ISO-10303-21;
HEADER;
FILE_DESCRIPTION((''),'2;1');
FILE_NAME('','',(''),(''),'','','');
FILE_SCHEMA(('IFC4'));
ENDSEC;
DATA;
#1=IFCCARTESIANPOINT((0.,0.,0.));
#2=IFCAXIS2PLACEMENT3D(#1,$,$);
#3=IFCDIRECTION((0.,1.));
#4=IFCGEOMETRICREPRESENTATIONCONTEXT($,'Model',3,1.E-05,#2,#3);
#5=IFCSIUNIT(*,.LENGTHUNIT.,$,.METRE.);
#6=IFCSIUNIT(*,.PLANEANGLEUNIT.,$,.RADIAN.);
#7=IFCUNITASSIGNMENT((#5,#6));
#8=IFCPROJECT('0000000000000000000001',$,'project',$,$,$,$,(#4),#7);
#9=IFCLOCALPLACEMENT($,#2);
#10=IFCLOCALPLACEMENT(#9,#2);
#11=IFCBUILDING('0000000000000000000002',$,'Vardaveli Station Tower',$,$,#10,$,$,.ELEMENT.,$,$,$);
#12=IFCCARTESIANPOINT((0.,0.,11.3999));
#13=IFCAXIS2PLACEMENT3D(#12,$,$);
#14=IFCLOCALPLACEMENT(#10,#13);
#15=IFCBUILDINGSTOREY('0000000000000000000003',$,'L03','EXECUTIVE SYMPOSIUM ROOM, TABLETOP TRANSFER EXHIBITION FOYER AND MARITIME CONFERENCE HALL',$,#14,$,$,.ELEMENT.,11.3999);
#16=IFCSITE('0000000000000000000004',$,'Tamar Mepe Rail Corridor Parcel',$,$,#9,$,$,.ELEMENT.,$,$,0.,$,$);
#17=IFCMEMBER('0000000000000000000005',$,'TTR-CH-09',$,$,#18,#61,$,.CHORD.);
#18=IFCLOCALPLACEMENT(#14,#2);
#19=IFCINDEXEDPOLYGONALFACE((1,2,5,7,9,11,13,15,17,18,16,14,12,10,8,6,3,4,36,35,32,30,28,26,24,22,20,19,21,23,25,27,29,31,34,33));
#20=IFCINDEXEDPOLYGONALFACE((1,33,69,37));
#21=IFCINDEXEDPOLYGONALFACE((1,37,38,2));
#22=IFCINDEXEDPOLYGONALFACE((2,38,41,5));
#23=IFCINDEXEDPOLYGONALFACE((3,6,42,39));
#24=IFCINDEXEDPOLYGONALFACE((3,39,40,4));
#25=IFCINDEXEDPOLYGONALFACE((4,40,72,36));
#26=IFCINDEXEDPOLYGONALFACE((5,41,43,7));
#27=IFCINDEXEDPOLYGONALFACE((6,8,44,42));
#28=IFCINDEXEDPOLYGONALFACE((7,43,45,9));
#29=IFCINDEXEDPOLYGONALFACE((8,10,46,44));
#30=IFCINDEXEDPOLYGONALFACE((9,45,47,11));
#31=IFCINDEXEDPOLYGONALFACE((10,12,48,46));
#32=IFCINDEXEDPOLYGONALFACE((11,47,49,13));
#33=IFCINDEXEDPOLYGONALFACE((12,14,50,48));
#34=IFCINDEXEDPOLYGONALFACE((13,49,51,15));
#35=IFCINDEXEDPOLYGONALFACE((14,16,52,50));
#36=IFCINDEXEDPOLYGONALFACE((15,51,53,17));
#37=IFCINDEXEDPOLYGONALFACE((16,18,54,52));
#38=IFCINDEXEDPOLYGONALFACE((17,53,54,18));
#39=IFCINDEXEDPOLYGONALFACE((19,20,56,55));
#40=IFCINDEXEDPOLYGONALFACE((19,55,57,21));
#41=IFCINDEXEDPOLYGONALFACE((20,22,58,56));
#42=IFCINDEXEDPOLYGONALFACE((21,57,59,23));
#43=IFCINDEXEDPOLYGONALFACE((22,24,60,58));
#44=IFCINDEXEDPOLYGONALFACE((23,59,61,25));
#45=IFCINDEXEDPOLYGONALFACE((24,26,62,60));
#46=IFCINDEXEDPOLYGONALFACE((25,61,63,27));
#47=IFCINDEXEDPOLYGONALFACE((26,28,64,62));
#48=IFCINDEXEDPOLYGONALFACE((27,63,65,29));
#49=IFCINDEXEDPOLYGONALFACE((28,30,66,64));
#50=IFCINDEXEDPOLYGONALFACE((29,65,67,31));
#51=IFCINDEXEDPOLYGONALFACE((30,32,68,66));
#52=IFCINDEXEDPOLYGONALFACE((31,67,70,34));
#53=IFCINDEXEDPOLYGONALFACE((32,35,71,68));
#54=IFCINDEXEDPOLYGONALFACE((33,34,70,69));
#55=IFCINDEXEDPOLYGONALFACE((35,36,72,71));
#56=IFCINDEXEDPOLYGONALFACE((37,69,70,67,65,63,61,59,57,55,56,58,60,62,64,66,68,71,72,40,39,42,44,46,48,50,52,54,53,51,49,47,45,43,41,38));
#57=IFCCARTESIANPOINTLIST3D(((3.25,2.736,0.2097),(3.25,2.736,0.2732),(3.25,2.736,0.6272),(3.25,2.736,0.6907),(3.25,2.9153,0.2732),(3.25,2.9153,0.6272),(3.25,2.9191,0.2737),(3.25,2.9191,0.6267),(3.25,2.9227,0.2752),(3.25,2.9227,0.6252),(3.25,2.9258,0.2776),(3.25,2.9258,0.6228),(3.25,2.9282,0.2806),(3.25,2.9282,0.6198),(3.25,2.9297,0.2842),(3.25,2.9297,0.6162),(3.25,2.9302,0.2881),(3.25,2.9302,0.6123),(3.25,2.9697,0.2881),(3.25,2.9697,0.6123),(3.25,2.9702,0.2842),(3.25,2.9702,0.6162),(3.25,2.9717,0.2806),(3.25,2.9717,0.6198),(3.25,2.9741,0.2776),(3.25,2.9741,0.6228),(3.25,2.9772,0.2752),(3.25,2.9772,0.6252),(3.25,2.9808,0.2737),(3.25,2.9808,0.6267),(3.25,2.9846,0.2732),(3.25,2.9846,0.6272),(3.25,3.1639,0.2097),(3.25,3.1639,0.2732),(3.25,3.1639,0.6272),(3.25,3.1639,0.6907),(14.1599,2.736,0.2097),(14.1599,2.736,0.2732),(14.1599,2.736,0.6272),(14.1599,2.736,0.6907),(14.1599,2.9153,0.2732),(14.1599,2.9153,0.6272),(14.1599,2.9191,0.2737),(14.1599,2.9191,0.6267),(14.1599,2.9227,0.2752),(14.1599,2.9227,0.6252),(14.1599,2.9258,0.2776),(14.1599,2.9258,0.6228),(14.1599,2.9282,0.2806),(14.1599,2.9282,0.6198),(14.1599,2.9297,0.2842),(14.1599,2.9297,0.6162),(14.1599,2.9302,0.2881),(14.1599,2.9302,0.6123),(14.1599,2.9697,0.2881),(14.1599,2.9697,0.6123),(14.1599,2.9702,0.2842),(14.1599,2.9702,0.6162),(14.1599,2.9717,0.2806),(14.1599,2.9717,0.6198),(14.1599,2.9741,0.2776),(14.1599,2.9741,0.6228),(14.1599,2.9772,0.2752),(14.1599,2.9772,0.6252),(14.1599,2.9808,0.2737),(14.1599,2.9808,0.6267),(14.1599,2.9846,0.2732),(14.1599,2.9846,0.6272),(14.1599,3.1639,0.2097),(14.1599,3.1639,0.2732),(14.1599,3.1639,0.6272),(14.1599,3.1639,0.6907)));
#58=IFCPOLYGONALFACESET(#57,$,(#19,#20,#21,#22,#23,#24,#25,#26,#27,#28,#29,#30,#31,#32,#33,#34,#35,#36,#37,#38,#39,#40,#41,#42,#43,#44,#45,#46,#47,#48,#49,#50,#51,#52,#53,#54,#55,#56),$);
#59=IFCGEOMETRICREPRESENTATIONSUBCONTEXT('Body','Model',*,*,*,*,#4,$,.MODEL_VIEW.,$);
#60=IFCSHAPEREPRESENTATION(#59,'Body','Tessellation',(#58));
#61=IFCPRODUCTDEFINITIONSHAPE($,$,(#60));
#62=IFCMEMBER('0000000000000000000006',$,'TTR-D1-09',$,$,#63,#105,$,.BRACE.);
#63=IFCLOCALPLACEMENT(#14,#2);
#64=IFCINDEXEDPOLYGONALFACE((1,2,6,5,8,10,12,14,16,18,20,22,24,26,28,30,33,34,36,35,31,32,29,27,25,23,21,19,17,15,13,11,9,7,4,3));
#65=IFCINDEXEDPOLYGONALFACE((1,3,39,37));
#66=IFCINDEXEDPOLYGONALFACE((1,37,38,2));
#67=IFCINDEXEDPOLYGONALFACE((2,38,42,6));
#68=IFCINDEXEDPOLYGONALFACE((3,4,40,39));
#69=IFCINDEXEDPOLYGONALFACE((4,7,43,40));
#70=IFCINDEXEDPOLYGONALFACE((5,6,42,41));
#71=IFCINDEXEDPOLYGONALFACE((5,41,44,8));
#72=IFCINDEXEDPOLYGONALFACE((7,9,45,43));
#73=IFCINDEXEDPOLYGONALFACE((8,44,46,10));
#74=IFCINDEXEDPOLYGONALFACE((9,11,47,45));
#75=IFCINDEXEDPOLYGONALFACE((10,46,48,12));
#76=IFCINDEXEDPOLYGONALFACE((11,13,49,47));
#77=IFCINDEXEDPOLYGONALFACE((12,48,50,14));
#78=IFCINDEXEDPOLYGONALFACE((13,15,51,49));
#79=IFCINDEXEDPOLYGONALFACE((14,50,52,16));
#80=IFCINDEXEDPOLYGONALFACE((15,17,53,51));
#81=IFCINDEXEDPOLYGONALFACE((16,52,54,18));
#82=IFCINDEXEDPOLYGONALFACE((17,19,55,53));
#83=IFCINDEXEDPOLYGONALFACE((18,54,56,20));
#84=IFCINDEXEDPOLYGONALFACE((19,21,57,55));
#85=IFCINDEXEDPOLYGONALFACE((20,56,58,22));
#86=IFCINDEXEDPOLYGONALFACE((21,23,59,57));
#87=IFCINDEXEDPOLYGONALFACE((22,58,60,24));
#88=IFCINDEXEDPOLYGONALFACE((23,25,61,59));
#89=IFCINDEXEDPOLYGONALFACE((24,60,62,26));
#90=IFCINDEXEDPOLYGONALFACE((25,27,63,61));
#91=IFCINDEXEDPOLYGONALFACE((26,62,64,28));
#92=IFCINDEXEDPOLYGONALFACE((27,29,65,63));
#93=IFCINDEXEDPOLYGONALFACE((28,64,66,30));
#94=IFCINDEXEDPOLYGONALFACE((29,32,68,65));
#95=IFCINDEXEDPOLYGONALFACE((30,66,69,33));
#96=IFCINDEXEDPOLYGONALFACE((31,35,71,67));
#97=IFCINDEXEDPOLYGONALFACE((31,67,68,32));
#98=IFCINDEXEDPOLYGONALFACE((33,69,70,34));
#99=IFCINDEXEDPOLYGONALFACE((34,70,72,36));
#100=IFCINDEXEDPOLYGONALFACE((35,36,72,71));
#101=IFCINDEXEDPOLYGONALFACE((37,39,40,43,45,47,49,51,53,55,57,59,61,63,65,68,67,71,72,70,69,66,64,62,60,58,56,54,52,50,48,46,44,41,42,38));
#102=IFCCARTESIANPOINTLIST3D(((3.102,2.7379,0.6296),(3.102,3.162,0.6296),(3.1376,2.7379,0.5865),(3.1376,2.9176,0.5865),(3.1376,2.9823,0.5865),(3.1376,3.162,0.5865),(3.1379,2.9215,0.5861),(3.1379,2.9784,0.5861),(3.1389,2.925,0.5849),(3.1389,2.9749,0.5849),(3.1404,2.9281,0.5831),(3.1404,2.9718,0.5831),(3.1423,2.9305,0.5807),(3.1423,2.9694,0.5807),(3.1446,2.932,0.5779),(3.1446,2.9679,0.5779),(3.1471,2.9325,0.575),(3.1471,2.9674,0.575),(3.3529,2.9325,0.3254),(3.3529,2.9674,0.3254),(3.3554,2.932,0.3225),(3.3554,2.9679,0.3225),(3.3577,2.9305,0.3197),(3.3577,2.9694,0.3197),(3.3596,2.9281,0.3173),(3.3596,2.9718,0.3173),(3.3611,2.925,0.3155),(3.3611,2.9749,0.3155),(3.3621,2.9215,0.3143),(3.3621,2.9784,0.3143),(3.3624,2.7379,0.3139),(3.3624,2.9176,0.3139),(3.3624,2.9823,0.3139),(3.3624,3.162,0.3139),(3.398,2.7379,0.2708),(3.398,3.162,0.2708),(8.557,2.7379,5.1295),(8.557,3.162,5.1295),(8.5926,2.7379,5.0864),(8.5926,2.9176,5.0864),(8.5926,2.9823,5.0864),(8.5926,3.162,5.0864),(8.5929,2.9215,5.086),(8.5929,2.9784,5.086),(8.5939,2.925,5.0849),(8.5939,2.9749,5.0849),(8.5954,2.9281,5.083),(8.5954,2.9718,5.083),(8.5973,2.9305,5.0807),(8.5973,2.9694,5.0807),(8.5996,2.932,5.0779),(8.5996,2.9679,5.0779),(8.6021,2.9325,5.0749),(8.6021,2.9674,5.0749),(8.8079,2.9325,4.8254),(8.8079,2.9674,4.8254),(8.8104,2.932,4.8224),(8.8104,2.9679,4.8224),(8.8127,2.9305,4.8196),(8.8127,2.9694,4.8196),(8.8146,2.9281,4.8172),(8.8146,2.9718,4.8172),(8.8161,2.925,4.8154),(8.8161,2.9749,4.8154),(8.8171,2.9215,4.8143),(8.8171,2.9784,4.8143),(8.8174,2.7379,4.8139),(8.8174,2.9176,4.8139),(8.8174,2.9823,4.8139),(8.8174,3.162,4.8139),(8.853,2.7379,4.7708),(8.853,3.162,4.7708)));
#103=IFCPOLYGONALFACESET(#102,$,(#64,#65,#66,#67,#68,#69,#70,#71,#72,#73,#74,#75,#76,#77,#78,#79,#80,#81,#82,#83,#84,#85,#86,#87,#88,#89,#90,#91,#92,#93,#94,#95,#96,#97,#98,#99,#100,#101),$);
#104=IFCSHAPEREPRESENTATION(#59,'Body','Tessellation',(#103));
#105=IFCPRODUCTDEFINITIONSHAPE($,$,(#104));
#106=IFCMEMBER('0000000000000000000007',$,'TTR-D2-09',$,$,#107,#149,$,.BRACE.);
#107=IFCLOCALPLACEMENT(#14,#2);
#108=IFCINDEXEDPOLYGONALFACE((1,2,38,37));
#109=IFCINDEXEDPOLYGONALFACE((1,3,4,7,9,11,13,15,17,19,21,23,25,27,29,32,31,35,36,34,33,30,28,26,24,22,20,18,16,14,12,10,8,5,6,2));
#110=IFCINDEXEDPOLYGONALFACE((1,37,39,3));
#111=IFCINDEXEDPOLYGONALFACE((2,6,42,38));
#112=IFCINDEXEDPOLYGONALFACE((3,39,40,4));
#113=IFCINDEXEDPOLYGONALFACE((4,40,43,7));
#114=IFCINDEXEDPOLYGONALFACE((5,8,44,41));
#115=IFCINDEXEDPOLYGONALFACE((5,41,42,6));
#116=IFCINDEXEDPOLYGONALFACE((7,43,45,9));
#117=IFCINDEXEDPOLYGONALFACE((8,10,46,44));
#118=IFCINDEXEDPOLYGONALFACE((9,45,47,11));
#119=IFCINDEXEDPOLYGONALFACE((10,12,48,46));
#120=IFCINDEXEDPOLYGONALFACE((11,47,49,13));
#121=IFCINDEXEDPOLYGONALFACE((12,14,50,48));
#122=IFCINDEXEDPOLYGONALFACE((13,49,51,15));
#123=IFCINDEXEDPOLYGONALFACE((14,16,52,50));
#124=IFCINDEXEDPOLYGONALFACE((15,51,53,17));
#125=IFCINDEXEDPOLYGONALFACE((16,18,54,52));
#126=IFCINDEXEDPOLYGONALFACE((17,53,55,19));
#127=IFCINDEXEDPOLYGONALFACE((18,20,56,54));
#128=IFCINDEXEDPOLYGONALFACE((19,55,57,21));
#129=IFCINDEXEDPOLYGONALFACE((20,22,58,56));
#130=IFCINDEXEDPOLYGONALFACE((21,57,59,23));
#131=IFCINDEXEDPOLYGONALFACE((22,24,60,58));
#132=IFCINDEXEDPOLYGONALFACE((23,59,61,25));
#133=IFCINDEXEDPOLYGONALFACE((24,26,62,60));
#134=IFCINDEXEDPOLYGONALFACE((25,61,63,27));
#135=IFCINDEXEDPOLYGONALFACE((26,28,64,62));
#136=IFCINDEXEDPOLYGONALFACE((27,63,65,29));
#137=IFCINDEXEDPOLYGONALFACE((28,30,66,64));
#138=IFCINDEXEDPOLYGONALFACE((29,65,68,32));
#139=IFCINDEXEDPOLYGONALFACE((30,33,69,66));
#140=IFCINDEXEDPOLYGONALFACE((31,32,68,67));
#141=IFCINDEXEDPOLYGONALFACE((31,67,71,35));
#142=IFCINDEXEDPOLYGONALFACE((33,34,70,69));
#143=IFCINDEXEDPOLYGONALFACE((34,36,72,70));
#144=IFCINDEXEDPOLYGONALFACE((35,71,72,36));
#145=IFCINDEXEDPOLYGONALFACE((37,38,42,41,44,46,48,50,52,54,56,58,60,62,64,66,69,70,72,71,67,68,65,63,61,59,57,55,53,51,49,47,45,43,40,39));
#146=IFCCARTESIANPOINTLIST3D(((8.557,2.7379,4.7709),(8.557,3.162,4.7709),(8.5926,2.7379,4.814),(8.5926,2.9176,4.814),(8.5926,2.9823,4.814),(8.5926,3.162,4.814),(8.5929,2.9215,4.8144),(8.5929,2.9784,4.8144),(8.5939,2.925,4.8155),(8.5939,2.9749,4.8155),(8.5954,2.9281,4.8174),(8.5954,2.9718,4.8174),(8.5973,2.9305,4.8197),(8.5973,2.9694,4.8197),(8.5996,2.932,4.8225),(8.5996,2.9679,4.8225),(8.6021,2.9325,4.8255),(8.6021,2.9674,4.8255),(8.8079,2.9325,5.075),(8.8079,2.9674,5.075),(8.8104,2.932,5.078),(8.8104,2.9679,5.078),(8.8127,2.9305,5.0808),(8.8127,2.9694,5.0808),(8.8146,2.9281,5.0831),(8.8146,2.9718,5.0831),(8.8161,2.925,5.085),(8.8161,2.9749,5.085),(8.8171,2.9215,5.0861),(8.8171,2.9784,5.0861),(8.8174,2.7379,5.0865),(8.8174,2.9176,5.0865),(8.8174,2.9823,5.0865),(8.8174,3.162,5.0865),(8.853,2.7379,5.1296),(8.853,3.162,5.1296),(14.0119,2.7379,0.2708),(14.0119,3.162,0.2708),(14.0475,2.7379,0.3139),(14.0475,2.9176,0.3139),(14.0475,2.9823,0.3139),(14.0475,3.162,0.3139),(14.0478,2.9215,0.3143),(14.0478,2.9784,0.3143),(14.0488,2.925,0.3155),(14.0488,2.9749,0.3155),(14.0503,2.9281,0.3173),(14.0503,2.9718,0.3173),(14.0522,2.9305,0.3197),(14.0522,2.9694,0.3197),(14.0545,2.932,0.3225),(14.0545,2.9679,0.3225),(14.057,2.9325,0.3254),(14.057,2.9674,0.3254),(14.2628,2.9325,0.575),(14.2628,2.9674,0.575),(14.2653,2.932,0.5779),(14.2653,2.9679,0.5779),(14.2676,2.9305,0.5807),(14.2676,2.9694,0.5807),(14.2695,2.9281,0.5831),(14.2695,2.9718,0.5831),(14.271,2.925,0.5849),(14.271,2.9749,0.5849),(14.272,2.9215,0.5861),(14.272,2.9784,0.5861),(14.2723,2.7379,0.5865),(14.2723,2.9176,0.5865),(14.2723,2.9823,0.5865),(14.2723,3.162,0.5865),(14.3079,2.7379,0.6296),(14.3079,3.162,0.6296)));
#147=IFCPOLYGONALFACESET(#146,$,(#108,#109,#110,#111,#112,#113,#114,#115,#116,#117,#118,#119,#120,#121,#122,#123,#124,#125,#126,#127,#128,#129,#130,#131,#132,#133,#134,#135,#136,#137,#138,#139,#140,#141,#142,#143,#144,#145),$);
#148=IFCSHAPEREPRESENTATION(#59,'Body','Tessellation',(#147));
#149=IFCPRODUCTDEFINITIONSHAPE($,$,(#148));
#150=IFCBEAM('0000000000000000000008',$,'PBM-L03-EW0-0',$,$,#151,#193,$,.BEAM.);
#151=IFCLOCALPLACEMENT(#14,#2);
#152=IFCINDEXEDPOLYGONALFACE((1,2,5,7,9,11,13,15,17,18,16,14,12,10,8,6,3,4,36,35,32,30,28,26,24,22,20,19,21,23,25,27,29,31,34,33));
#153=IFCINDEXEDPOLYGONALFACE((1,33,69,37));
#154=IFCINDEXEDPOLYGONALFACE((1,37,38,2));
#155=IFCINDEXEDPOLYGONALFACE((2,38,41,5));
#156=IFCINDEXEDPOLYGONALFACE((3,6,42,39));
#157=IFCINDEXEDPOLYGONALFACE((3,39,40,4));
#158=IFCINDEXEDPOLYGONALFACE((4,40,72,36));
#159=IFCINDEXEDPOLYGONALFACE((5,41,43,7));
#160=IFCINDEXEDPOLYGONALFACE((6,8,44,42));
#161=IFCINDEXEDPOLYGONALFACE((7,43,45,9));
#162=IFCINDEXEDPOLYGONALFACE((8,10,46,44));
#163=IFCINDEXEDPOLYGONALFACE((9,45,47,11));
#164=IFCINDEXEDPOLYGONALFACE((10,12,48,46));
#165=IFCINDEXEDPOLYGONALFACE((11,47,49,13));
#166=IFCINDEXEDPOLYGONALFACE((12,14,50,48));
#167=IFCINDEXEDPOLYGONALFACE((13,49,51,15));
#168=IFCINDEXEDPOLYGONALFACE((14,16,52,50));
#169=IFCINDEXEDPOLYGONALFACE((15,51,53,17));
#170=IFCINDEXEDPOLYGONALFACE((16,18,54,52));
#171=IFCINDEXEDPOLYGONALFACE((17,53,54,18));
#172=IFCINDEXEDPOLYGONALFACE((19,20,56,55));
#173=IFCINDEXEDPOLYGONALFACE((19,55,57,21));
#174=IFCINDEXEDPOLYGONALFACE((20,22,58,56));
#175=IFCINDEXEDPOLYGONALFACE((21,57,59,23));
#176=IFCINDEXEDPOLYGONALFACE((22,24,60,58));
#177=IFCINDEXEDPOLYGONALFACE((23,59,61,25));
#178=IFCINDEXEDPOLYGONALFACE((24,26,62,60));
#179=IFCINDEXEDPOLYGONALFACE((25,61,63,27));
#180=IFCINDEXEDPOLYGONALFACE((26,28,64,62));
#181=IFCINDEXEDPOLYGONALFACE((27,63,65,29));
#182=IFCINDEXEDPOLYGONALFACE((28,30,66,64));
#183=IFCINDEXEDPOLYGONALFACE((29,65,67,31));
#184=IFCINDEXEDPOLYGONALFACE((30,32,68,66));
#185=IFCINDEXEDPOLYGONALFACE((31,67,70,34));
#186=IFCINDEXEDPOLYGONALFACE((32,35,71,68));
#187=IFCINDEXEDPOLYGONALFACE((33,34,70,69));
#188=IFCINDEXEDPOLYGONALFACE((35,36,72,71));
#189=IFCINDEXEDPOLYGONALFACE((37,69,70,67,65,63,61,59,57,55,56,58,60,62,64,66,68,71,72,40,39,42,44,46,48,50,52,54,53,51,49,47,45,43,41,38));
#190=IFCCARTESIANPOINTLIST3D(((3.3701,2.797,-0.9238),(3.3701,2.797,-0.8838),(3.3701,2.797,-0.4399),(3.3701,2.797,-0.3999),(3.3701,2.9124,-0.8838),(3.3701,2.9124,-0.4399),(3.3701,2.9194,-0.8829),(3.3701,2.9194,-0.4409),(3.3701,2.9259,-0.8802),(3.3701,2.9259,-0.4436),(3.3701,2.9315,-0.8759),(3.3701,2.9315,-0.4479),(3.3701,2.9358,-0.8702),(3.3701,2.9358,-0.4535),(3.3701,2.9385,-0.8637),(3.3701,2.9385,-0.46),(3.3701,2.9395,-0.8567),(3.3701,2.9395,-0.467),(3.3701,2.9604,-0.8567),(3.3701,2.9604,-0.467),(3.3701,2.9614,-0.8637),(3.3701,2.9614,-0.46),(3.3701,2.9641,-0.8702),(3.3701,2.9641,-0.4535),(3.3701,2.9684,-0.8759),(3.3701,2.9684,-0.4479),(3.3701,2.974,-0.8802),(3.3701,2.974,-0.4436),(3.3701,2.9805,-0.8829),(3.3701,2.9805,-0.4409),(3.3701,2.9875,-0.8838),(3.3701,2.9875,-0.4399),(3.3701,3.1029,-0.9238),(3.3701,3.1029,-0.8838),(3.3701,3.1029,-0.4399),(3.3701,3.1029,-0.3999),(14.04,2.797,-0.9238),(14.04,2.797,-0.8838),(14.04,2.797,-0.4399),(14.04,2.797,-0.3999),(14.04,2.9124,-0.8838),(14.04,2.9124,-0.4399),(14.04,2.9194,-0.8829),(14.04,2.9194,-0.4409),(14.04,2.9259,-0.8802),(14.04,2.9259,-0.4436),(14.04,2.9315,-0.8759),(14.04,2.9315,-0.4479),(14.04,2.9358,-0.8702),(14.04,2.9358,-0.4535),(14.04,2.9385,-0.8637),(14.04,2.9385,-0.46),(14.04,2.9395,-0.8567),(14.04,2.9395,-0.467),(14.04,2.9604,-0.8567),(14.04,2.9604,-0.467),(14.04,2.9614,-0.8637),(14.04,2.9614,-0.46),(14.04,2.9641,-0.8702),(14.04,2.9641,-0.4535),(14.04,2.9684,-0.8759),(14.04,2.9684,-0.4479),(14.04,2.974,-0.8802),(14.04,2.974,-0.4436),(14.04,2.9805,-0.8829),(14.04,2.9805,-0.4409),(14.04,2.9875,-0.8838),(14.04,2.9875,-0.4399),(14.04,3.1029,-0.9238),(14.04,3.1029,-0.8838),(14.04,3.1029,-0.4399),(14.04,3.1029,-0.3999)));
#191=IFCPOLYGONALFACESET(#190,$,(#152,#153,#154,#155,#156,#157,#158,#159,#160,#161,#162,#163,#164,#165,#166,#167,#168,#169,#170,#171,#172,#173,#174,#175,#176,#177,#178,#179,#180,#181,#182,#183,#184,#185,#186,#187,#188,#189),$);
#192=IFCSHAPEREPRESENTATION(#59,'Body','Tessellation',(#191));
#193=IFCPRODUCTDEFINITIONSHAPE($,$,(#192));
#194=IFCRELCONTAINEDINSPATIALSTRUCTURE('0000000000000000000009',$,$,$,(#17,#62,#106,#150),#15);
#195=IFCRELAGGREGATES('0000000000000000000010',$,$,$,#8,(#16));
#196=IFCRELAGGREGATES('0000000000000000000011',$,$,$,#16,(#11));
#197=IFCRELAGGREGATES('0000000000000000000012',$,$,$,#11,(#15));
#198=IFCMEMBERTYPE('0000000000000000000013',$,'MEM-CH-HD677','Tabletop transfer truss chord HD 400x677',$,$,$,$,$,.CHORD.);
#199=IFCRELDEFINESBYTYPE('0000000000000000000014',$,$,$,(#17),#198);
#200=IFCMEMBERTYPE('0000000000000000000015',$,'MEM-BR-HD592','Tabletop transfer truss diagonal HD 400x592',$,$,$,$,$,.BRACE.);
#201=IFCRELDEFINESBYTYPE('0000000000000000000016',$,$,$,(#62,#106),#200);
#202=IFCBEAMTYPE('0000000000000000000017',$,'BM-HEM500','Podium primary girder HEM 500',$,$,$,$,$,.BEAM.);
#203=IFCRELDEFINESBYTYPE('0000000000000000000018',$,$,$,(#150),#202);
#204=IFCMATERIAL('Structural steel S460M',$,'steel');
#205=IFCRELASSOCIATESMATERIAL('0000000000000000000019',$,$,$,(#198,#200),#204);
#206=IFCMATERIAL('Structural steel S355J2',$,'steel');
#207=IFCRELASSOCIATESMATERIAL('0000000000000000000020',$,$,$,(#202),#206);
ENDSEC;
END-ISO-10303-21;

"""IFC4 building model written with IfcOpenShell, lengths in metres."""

from ifc_helpers import new_model, si_unit, direction, frame, origin, origin_2d, place, context, subcontext, project, spatial, i_section, extrude, source, transform, mapped, material, material_profile, profile_set, type_object, element, save


model = new_model("IFC4")

# Units and contexts
model_context = context("Model", 3, precision=1e-05, world=origin(), true_north=direction((0.0, 1.0)))
body_context = subcontext(model_context, "Body", "Model", "MODEL_VIEW")
ifc_project = project(units=[si_unit("LENGTHUNIT", "METRE"), si_unit("PLANEANGLEUNIT", "RADIAN")], contexts=[model_context])

# Site, building, storey
site_placement = place(None, origin())
site = spatial("IfcSite", under=ifc_project, at=site_placement, Name="Tamar Mepe Rail Corridor Parcel", CompositionType="ELEMENT", RefElevation=0.0)
building_placement = place(site_placement, origin())
building = spatial("IfcBuilding", under=site, at=building_placement, Name="Vardaveli Station Tower", CompositionType="ELEMENT")
storey_placement = place(building_placement, frame((0.0, 0.0, 11.3999)))
storey = spatial("IfcBuildingStorey", under=building, at=storey_placement, Name="L03", Description="EXECUTIVE SYMPOSIUM ROOM, TABLETOP TRANSFER EXHIBITION FOYER AND MARITIME CONFERENCE HALL", CompositionType="ELEMENT", Elevation=11.3999)

# Members
ifc_material_1 = material(Name="Structural steel S460M", Category="steel")
ifc_material_profile_1 = material_profile(ifc_material_1, i_section(OverallWidth=0.428, OverallDepth=0.481, WebThickness=0.0396, FlangeThickness=0.0635, FilletRadius=0.0149, at=origin_2d()), Name="HD 400x677")
ifc_profile_set_1 = profile_set([ifc_material_profile_1], Name="Structural steel S460M")
member_type_1 = type_object("IfcMemberType", Name="MEM-CH-HD677", Description="Tabletop transfer truss chord HD 400x677", PredefinedType="CHORD", material=ifc_profile_set_1)
ifc_material_profile_2 = material_profile(ifc_material_1, i_section(OverallWidth=0.4241, OverallDepth=0.4651, WebThickness=0.0349, FlangeThickness=0.0559, FilletRadius=0.0149, at=origin_2d()), Name="HD 400x592")
ifc_profile_set_2 = profile_set([ifc_material_profile_2], Name="Structural steel S460M")
member_type_2 = type_object("IfcMemberType", Name="MEM-BR-HD592", Description="Tabletop transfer truss diagonal HD 400x592", PredefinedType="BRACE", material=ifc_profile_set_2)
shared_shape_1 = source(origin(), body_context, "Body", "SweptSolid", [
    extrude(i_section(OverallWidth=0.428, OverallDepth=0.481, WebThickness=0.0396, FlangeThickness=0.0635, FilletRadius=0.0149, at=origin_2d()), origin(), (0.0, 0.0, 1.0), 10.9099),
])
member_1_placement = place(storey_placement, frame((3.25, 2.95, 0.4502), z_axis=(1.0, 0.0, 0.0), x_axis=(0.0, 1.0, 0.0)))
element("IfcMember", 1, at=member_1_placement, inside=storey, type_object=member_type_1, Name="TTR-CH-09", PredefinedType="CHORD", context=body_context, shape_type="MappedRepresentation", body=[
    mapped(shared_shape_1, transform((0.0, 0.0, 0.0), scale=1.0)),
])
shared_shape_2 = source(origin(), body_context, "Body", "SweptSolid", [
    extrude(i_section(OverallWidth=0.4241, OverallDepth=0.4651, WebThickness=0.0349, FlangeThickness=0.0559, FilletRadius=0.0149, at=origin_2d()), origin(), (0.0, 0.0, 1.0), 7.0715),
])
for number, where, z_axis, x_axis, name in (
    (2, (3.25, 2.95, 0.4502), (0.771404, 0.0, 0.636346), (0.0, 1.0, 0.0), "TTR-D1-09"),
    (3, (14.1599, 2.95, 0.4502), (-0.77139, 0.0, 0.636363), (0.0, -1.0, 0.0), "TTR-D2-09"),
):
    element("IfcMember", number, at=place(storey_placement, frame(where, z_axis=z_axis, x_axis=x_axis)), inside=storey, type_object=member_type_2, Name=name, PredefinedType="BRACE", context=body_context, shape_type="MappedRepresentation", body=[
        mapped(shared_shape_2, transform((0.0, 0.0, 0.0), scale=1.0)),
    ])

# Beam
ifc_material_2 = material(Name="Structural steel S355J2", Category="steel")
ifc_material_profile_3 = material_profile(ifc_material_2, i_section(OverallWidth=0.3059, OverallDepth=0.5239, WebThickness=0.021, FlangeThickness=0.04, FilletRadius=0.0271, at=origin_2d()), Name="HEM 500")
ifc_profile_set_3 = profile_set([ifc_material_profile_3], Name="Structural steel S355J2")
beam_type_1 = type_object("IfcBeamType", Name="BM-HEM500", Description="Podium primary girder HEM 500", PredefinedType="BEAM", material=ifc_profile_set_3)
shared_shape_3 = source(origin(), body_context, "Body", "SweptSolid", [
    extrude(i_section(OverallWidth=0.3059, OverallDepth=0.5239, WebThickness=0.021, FlangeThickness=0.04, FilletRadius=0.0271, at=origin_2d()), origin(), (0.0, 0.0, 1.0), 10.6699),
])
beam_1_placement = place(storey_placement, frame((3.3701, 2.95, -0.6619), z_axis=(1.0, 0.0, 0.0), x_axis=(0.0, 1.0, 0.0)))
element("IfcBeam", 4, at=beam_1_placement, inside=storey, type_object=beam_type_1, Name="PBM-L03-EW0-0", PredefinedType="BEAM", context=body_context, shape_type="MappedRepresentation", body=[
    mapped(shared_shape_3, transform((0.0, 0.0, 0.0), scale=1.0)),
])

save(model, "model.ifc")
